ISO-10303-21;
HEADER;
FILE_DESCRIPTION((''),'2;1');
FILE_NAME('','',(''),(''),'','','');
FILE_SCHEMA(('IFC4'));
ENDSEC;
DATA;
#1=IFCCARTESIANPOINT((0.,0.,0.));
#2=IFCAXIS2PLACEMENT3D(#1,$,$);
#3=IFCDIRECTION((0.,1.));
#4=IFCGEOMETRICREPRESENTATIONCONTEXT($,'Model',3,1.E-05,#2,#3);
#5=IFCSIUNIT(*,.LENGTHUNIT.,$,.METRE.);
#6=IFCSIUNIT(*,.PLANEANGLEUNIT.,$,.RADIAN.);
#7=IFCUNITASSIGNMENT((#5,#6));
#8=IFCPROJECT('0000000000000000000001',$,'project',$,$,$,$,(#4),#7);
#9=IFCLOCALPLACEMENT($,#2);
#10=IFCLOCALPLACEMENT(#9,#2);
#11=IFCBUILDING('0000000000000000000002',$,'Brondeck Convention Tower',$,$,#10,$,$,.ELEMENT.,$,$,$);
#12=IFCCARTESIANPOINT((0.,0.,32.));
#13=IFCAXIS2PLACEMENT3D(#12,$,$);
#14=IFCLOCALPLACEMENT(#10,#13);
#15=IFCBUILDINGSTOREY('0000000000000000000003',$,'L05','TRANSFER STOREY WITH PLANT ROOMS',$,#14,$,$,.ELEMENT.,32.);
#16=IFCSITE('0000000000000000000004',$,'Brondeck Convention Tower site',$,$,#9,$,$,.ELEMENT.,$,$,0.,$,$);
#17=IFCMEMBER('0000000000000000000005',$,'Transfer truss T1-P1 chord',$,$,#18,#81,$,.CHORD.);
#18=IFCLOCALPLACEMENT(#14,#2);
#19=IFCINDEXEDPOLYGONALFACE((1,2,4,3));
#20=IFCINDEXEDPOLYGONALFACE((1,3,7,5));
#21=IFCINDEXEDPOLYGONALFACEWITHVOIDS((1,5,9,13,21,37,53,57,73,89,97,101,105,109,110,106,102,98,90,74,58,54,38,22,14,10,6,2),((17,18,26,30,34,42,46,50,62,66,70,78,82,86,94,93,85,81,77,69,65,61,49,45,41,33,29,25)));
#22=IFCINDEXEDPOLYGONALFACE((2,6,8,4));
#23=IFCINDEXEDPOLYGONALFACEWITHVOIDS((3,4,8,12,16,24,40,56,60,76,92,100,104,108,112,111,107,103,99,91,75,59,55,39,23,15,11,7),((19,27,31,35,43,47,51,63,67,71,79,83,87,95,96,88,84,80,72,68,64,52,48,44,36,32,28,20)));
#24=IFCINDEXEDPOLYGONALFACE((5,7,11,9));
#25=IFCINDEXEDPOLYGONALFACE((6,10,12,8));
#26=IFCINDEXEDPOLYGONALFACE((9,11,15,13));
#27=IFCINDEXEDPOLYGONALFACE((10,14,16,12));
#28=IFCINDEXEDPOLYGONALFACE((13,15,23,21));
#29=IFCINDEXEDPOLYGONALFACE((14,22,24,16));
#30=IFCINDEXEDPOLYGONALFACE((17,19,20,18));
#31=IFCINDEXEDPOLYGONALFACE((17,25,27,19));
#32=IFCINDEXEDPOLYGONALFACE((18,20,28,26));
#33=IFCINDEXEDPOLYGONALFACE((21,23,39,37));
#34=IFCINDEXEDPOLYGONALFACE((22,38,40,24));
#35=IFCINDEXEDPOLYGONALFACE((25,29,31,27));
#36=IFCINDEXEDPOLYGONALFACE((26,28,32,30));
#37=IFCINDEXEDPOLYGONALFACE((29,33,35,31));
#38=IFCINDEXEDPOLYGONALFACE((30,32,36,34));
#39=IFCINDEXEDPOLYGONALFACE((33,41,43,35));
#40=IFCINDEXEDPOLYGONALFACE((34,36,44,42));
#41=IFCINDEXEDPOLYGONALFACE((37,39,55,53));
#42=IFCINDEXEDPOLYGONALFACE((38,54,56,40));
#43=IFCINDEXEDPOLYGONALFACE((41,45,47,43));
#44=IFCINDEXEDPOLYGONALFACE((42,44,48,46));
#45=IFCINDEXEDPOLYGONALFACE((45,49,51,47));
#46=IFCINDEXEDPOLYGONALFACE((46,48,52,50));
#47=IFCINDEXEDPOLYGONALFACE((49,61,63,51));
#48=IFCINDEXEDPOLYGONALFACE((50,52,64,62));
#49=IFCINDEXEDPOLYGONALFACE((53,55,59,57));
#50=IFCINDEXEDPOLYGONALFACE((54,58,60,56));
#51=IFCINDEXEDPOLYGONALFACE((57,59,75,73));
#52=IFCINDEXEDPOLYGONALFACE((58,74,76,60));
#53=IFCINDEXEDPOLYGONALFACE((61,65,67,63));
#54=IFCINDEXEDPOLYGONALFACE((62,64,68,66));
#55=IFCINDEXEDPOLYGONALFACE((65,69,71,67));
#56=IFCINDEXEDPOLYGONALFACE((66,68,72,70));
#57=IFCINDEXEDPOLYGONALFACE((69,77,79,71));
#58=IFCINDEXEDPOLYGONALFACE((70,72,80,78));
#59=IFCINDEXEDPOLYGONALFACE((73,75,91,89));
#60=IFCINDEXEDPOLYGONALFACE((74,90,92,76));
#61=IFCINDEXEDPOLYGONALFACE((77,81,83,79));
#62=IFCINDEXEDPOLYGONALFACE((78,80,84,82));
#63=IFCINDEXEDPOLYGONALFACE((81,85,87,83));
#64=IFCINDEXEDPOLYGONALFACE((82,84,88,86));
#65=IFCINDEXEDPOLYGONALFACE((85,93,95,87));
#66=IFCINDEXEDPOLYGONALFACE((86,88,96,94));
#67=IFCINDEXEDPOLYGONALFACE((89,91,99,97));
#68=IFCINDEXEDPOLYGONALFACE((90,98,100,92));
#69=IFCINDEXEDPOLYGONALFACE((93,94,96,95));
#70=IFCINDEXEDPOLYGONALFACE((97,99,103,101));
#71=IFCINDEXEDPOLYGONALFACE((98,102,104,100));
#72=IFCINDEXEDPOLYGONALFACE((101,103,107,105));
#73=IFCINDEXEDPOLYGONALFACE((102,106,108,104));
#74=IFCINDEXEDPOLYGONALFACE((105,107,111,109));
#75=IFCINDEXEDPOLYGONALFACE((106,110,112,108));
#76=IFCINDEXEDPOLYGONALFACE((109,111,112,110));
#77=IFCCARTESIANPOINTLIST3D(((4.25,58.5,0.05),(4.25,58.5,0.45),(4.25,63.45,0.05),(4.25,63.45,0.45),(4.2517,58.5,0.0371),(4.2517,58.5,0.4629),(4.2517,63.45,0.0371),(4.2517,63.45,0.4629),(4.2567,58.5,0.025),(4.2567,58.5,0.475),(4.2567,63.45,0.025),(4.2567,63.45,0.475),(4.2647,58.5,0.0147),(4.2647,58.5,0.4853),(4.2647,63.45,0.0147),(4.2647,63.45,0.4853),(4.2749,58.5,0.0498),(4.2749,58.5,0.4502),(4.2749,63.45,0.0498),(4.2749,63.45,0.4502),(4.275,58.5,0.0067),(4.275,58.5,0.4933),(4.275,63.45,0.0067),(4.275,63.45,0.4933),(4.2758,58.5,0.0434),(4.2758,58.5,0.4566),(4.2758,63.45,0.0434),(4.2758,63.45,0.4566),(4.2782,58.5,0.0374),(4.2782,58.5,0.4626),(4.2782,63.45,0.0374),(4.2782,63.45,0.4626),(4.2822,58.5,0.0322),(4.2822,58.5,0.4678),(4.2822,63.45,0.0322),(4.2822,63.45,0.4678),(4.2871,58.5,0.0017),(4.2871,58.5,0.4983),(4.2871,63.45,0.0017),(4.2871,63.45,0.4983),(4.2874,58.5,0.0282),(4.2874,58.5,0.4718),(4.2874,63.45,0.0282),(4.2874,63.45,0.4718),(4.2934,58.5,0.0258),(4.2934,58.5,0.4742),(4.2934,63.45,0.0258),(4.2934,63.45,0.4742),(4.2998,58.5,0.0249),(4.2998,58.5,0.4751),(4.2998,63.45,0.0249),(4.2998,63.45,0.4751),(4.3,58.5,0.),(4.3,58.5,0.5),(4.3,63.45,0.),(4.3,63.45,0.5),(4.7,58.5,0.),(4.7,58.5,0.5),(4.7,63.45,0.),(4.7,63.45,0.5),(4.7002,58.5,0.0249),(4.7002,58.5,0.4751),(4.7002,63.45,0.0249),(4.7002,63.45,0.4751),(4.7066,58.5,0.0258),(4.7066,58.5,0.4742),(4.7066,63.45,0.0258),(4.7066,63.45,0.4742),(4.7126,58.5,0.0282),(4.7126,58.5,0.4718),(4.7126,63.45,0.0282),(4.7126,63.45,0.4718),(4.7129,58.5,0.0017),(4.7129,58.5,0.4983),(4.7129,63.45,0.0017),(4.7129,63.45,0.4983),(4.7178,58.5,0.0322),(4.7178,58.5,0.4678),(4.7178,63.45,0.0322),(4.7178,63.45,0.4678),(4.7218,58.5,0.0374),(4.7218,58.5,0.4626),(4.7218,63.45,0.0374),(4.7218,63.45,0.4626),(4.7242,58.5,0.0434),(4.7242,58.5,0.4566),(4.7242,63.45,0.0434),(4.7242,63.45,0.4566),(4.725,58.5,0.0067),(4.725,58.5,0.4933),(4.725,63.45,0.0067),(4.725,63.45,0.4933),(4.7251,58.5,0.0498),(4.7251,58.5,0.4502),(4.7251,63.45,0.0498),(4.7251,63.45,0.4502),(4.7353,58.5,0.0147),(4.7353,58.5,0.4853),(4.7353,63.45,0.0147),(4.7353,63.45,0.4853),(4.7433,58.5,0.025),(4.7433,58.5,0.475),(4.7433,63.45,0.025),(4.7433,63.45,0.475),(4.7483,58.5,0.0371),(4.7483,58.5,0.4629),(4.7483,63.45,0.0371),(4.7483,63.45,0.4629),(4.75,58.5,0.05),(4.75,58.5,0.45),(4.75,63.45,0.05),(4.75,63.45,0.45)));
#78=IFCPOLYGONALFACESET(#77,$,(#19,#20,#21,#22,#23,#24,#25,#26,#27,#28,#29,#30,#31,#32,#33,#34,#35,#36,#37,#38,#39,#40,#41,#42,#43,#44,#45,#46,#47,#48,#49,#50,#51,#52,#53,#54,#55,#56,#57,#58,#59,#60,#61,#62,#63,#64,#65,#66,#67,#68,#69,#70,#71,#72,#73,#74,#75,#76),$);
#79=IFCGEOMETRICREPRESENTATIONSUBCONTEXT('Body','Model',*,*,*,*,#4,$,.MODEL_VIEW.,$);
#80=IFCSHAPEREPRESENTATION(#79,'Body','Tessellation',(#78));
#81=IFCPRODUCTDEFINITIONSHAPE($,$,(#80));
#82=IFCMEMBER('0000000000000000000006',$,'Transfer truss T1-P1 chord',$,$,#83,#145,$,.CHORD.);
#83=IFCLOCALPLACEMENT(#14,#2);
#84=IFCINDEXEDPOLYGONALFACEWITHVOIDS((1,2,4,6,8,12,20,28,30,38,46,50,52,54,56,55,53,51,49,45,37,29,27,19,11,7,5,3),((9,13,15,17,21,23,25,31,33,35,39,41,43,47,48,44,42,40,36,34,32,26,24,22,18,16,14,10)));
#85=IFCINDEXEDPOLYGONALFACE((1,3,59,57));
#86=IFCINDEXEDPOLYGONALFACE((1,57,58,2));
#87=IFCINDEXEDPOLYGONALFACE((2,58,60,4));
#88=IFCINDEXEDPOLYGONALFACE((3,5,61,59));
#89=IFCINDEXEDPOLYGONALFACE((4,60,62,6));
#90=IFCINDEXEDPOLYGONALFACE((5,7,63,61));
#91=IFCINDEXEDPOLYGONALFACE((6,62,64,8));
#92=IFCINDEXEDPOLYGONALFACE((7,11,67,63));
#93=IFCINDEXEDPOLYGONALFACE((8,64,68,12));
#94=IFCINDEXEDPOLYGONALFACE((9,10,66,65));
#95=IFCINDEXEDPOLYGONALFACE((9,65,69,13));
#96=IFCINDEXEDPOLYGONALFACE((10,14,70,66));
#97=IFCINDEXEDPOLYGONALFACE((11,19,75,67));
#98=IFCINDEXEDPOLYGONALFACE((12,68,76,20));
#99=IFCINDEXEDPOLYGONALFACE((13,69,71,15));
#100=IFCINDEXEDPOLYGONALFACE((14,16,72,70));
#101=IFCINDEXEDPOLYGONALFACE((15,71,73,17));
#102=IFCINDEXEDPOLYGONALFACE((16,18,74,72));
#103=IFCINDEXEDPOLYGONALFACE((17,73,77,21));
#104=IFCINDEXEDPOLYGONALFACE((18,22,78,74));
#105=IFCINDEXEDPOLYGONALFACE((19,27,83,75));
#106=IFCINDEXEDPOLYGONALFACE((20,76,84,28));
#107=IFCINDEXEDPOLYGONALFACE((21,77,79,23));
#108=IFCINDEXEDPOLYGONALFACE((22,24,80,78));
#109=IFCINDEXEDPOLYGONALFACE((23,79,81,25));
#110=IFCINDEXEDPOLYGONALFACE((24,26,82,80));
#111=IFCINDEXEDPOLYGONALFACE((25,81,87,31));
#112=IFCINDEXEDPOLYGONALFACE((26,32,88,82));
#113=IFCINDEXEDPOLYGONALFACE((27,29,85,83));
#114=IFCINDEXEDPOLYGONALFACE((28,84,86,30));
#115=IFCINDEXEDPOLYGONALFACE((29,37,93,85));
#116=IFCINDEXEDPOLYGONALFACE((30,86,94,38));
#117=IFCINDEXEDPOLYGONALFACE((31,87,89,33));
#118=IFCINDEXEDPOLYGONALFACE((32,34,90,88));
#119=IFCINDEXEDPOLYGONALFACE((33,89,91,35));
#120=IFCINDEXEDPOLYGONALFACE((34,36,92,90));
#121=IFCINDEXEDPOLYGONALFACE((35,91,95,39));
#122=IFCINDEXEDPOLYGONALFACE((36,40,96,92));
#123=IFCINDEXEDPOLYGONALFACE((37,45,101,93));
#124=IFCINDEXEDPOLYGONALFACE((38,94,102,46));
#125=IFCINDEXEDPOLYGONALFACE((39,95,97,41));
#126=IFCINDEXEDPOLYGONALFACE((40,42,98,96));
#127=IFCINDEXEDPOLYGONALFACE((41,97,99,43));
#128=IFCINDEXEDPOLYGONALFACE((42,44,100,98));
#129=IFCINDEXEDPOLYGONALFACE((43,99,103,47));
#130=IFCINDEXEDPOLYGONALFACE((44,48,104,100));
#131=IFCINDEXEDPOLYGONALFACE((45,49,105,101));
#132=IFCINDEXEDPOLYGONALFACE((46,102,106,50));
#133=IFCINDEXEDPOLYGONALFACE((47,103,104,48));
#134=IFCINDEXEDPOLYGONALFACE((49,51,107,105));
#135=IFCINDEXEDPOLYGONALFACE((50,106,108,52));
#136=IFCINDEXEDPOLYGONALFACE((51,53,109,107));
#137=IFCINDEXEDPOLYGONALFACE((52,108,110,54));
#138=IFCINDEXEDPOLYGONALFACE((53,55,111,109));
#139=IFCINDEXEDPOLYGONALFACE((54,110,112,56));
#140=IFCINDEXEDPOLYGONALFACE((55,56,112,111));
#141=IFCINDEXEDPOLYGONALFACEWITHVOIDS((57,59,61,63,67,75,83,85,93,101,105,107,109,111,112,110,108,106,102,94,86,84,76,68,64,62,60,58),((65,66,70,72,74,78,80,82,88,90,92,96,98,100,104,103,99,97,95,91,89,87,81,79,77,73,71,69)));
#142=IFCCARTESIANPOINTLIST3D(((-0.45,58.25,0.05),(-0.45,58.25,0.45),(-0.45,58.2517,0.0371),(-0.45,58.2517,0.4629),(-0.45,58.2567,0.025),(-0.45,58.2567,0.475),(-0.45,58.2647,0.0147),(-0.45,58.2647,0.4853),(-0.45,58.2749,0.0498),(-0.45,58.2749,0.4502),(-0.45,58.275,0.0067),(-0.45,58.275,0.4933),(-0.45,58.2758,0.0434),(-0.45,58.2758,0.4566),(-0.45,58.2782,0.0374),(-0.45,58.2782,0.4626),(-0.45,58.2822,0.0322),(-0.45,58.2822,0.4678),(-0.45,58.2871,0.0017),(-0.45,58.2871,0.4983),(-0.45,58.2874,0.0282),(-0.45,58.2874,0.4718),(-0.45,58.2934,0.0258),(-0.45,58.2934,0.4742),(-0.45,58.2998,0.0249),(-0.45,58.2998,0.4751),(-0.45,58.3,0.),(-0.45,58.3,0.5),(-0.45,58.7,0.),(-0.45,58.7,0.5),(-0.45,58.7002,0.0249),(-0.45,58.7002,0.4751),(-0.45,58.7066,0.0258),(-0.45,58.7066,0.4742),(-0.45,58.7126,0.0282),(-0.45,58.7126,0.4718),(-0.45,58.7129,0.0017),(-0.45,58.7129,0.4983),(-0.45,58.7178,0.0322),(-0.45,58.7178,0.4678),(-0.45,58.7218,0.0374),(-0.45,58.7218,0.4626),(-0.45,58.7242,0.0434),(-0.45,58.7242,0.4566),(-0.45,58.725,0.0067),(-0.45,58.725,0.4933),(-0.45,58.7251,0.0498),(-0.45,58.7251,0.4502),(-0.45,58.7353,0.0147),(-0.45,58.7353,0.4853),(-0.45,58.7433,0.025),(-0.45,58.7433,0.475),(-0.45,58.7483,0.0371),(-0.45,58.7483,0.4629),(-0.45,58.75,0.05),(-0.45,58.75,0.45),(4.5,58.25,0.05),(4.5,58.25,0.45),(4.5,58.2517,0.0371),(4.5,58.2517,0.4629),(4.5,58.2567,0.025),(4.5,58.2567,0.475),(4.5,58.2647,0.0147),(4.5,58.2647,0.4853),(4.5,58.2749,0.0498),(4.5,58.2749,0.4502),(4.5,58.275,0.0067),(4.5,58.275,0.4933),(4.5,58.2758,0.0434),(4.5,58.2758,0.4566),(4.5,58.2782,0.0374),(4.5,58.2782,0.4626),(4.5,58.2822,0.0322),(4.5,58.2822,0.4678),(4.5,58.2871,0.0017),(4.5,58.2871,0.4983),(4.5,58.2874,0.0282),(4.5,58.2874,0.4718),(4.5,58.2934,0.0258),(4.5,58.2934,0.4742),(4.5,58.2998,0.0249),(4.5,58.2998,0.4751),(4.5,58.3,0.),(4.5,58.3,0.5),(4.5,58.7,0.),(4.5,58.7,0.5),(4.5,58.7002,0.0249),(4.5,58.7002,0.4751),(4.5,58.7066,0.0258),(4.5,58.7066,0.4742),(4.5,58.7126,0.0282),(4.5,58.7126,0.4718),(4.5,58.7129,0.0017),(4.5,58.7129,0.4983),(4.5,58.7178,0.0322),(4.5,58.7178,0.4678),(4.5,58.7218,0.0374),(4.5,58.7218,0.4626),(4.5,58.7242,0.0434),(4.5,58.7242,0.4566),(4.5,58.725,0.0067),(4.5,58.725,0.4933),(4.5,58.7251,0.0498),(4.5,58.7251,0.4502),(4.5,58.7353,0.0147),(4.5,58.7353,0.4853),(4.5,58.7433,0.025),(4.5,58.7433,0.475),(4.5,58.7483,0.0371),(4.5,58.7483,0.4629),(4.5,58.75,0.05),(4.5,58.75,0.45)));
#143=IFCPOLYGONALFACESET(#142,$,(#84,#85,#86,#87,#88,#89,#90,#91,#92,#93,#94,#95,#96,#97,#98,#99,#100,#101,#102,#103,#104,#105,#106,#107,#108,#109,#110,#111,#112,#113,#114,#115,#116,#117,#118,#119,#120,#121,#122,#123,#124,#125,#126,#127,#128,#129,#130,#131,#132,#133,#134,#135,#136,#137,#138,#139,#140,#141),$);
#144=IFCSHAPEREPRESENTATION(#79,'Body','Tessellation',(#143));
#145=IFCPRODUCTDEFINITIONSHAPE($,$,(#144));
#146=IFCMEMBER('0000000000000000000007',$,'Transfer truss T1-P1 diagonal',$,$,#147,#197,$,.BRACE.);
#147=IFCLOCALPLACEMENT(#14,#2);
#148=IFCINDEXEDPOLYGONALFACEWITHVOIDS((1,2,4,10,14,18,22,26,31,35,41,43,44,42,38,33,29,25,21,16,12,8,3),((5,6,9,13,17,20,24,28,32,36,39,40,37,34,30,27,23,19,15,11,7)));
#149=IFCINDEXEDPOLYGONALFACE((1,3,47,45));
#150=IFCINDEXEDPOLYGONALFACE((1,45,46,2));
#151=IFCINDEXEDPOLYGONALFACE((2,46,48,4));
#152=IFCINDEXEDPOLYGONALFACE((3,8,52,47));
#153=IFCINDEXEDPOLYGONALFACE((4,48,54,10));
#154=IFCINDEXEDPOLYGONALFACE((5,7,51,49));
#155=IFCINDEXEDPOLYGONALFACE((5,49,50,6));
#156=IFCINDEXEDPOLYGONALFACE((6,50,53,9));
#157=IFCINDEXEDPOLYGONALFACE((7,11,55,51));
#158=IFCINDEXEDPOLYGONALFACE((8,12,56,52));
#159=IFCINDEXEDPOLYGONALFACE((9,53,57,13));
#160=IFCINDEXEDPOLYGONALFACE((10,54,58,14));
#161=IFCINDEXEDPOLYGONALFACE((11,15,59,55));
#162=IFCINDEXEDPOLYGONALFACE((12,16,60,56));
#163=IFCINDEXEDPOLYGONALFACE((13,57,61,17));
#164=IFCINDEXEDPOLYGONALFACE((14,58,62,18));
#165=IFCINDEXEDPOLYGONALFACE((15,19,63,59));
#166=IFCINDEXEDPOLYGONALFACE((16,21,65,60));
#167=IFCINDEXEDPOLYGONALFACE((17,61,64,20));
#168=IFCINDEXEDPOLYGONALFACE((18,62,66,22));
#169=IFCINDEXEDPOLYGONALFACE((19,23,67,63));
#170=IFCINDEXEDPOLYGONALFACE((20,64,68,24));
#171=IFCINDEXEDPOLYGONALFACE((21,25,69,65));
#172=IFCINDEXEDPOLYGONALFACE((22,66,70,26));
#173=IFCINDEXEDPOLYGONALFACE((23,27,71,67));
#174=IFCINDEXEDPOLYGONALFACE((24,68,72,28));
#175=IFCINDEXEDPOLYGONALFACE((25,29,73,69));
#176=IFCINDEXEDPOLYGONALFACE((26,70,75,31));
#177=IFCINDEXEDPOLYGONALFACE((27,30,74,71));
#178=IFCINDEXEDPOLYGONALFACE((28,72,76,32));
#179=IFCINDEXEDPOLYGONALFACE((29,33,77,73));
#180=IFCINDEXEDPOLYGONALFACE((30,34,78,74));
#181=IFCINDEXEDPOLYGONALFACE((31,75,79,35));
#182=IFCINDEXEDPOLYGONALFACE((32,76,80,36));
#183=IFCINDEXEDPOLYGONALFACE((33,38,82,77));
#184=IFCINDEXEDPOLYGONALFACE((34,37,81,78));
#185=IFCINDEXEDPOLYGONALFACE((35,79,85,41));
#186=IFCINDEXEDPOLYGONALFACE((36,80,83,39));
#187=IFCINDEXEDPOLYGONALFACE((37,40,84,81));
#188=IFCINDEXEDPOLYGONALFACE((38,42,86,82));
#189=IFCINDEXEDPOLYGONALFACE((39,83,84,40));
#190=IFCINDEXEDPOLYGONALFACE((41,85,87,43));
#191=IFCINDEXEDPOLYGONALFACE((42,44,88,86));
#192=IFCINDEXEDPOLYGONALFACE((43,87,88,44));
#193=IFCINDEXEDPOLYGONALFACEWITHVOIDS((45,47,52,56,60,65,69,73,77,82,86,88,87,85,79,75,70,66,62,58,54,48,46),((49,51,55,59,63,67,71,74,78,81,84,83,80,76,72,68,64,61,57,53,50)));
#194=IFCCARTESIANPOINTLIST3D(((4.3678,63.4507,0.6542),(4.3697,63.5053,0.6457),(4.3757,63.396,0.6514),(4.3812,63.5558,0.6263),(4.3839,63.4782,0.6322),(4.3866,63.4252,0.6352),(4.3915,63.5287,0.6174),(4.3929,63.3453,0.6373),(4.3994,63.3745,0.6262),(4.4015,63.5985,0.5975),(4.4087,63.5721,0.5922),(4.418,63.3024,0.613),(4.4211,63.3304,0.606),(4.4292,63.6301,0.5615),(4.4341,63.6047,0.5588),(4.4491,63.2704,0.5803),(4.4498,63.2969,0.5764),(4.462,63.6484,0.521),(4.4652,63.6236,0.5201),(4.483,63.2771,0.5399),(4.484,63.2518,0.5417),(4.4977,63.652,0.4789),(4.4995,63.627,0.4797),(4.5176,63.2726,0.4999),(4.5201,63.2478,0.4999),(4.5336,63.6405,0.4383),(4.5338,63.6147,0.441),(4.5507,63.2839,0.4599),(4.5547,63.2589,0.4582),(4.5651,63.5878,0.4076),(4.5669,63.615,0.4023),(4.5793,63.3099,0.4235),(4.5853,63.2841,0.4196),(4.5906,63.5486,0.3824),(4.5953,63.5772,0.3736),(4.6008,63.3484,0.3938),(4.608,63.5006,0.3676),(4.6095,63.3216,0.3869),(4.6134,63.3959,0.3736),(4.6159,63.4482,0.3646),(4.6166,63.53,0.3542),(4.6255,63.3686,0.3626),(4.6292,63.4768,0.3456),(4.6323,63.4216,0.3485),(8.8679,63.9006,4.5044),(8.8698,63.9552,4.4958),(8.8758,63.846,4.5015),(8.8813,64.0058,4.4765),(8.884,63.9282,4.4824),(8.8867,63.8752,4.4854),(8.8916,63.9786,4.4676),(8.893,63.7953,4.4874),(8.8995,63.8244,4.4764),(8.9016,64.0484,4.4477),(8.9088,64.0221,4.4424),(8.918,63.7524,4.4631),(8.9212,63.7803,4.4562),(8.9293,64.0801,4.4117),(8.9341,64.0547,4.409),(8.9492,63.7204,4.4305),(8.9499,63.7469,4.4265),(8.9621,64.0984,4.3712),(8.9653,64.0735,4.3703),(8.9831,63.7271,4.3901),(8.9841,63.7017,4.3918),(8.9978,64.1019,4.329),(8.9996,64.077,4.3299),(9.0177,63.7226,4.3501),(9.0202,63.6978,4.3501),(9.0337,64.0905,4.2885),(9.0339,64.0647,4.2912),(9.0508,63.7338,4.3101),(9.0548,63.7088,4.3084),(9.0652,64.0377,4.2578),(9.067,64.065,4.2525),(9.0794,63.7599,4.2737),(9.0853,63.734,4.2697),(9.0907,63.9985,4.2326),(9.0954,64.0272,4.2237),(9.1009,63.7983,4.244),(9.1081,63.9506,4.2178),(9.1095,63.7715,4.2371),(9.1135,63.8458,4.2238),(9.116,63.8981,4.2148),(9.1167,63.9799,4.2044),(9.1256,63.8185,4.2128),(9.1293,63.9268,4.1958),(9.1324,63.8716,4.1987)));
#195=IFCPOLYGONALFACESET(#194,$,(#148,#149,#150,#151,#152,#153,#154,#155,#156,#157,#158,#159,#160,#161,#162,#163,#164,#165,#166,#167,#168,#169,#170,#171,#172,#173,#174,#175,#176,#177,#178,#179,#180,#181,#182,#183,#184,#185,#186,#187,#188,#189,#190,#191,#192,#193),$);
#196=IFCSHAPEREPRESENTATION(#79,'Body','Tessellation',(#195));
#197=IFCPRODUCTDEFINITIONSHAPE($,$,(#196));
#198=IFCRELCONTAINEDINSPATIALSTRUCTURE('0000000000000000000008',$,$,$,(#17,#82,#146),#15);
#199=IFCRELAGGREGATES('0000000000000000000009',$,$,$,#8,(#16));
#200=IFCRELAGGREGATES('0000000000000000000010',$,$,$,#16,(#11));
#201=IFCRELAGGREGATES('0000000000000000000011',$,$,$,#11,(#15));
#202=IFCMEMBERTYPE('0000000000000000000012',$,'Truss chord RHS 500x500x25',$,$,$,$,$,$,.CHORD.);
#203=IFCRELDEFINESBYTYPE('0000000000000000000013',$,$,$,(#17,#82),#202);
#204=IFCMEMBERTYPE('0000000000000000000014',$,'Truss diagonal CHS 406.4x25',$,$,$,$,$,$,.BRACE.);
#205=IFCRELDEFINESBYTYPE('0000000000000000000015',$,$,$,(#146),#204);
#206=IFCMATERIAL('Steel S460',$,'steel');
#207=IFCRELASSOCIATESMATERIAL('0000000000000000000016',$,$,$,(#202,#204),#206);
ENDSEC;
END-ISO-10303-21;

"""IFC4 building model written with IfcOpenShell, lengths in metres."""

from ifc_helpers import new_model, si_unit, direction, frame, origin, origin_2d, place, context, subcontext, project, spatial, hollow_rectangle, hollow_circle, extrude, material, material_profile, profile_set, type_object, element, save


model = new_model("IFC4")

# Units and contexts
model_context = context("Model", 3, precision=1e-05, world=origin(), true_north=direction((0.0, 1.0)))
body_context = subcontext(model_context, "Body", "Model", "MODEL_VIEW")
ifc_project = project(units=[si_unit("LENGTHUNIT", "METRE"), si_unit("PLANEANGLEUNIT", "RADIAN")], contexts=[model_context])

# Site, building, storey
site_placement = place(None, origin())
site = spatial("IfcSite", under=ifc_project, at=site_placement, Name="Brondeck Convention Tower site", CompositionType="ELEMENT", RefElevation=0.0)
building_placement = place(site_placement, origin())
building = spatial("IfcBuilding", under=site, at=building_placement, Name="Brondeck Convention Tower", CompositionType="ELEMENT")
storey_placement = place(building_placement, frame((0.0, 0.0, 32.0)))
storey = spatial("IfcBuildingStorey", under=building, at=storey_placement, Name="L05", Description="TRANSFER STOREY WITH PLANT ROOMS", CompositionType="ELEMENT", Elevation=32.0)

# Shared definitions
ifc_material_1 = material(Name="Steel S460", Category="steel")

# Members
ifc_material_profile_1 = material_profile(ifc_material_1, hollow_rectangle(XDim=0.5, YDim=0.5, WallThickness=0.0249, InnerFilletRadius=0.0249, OuterFilletRadius=0.05, at=origin_2d()), Name="RHS 500x500x25")
ifc_profile_set_1 = profile_set([ifc_material_profile_1], Name="Steel S460")
member_type_1 = type_object("IfcMemberType", Name="Truss chord RHS 500x500x25", PredefinedType="CHORD", material=ifc_profile_set_1)
for number, where, z_axis, x_axis, name in (
    (1, (4.5, 63.45, 0.25), (0.0, -1.0, 0.0), (1.0, 0.0, 0.0), "Transfer truss T1-P1 chord"),
    (2, (4.5, 58.5, 0.25), (-1.0, 0.0, 0.0), (0.0, -1.0, 0.0), "Transfer truss T1-P1 chord"),
):
    element("IfcMember", number, at=place(storey_placement, frame(where, z_axis=z_axis, x_axis=x_axis)), inside=storey, type_object=member_type_1, Name=name, PredefinedType="CHORD", context=body_context, shape_type="SweptSolid", body=[
        extrude(hollow_rectangle(XDim=0.5, YDim=0.5, WallThickness=0.0249, InnerFilletRadius=0.0249, OuterFilletRadius=0.05, at=origin_2d()), origin(), (0.0, 0.0, 1.0), 4.95),
    ])
ifc_material_profile_2 = material_profile(ifc_material_1, hollow_circle(Radius=0.2031, WallThickness=0.0249, at=origin_2d()), Name="CHS 406.4x25")
ifc_profile_set_2 = profile_set([ifc_material_profile_2], Name="Steel S460")
member_type_2 = type_object("IfcMemberType", Name="Truss diagonal CHS 406.4x25", PredefinedType="BRACE", material=ifc_profile_set_2)
member_1_placement = place(storey_placement, frame((9.0, 63.8999, 4.3501), z_axis=(-0.75766, -0.075758, -0.648237), x_axis=(0.099493, -0.995038, 0.0)))
element("IfcMember", 3, at=member_1_placement, inside=storey, type_object=member_type_2, Name="Transfer truss T1-P1 diagonal", PredefinedType="BRACE", context=body_context, shape_type="SweptSolid", body=[
    extrude(hollow_circle(Radius=0.2031, WallThickness=0.0249, at=origin_2d()), origin(), (0.0, 0.0, 1.0), 5.9395),
])

save(model, "model.ifc")
